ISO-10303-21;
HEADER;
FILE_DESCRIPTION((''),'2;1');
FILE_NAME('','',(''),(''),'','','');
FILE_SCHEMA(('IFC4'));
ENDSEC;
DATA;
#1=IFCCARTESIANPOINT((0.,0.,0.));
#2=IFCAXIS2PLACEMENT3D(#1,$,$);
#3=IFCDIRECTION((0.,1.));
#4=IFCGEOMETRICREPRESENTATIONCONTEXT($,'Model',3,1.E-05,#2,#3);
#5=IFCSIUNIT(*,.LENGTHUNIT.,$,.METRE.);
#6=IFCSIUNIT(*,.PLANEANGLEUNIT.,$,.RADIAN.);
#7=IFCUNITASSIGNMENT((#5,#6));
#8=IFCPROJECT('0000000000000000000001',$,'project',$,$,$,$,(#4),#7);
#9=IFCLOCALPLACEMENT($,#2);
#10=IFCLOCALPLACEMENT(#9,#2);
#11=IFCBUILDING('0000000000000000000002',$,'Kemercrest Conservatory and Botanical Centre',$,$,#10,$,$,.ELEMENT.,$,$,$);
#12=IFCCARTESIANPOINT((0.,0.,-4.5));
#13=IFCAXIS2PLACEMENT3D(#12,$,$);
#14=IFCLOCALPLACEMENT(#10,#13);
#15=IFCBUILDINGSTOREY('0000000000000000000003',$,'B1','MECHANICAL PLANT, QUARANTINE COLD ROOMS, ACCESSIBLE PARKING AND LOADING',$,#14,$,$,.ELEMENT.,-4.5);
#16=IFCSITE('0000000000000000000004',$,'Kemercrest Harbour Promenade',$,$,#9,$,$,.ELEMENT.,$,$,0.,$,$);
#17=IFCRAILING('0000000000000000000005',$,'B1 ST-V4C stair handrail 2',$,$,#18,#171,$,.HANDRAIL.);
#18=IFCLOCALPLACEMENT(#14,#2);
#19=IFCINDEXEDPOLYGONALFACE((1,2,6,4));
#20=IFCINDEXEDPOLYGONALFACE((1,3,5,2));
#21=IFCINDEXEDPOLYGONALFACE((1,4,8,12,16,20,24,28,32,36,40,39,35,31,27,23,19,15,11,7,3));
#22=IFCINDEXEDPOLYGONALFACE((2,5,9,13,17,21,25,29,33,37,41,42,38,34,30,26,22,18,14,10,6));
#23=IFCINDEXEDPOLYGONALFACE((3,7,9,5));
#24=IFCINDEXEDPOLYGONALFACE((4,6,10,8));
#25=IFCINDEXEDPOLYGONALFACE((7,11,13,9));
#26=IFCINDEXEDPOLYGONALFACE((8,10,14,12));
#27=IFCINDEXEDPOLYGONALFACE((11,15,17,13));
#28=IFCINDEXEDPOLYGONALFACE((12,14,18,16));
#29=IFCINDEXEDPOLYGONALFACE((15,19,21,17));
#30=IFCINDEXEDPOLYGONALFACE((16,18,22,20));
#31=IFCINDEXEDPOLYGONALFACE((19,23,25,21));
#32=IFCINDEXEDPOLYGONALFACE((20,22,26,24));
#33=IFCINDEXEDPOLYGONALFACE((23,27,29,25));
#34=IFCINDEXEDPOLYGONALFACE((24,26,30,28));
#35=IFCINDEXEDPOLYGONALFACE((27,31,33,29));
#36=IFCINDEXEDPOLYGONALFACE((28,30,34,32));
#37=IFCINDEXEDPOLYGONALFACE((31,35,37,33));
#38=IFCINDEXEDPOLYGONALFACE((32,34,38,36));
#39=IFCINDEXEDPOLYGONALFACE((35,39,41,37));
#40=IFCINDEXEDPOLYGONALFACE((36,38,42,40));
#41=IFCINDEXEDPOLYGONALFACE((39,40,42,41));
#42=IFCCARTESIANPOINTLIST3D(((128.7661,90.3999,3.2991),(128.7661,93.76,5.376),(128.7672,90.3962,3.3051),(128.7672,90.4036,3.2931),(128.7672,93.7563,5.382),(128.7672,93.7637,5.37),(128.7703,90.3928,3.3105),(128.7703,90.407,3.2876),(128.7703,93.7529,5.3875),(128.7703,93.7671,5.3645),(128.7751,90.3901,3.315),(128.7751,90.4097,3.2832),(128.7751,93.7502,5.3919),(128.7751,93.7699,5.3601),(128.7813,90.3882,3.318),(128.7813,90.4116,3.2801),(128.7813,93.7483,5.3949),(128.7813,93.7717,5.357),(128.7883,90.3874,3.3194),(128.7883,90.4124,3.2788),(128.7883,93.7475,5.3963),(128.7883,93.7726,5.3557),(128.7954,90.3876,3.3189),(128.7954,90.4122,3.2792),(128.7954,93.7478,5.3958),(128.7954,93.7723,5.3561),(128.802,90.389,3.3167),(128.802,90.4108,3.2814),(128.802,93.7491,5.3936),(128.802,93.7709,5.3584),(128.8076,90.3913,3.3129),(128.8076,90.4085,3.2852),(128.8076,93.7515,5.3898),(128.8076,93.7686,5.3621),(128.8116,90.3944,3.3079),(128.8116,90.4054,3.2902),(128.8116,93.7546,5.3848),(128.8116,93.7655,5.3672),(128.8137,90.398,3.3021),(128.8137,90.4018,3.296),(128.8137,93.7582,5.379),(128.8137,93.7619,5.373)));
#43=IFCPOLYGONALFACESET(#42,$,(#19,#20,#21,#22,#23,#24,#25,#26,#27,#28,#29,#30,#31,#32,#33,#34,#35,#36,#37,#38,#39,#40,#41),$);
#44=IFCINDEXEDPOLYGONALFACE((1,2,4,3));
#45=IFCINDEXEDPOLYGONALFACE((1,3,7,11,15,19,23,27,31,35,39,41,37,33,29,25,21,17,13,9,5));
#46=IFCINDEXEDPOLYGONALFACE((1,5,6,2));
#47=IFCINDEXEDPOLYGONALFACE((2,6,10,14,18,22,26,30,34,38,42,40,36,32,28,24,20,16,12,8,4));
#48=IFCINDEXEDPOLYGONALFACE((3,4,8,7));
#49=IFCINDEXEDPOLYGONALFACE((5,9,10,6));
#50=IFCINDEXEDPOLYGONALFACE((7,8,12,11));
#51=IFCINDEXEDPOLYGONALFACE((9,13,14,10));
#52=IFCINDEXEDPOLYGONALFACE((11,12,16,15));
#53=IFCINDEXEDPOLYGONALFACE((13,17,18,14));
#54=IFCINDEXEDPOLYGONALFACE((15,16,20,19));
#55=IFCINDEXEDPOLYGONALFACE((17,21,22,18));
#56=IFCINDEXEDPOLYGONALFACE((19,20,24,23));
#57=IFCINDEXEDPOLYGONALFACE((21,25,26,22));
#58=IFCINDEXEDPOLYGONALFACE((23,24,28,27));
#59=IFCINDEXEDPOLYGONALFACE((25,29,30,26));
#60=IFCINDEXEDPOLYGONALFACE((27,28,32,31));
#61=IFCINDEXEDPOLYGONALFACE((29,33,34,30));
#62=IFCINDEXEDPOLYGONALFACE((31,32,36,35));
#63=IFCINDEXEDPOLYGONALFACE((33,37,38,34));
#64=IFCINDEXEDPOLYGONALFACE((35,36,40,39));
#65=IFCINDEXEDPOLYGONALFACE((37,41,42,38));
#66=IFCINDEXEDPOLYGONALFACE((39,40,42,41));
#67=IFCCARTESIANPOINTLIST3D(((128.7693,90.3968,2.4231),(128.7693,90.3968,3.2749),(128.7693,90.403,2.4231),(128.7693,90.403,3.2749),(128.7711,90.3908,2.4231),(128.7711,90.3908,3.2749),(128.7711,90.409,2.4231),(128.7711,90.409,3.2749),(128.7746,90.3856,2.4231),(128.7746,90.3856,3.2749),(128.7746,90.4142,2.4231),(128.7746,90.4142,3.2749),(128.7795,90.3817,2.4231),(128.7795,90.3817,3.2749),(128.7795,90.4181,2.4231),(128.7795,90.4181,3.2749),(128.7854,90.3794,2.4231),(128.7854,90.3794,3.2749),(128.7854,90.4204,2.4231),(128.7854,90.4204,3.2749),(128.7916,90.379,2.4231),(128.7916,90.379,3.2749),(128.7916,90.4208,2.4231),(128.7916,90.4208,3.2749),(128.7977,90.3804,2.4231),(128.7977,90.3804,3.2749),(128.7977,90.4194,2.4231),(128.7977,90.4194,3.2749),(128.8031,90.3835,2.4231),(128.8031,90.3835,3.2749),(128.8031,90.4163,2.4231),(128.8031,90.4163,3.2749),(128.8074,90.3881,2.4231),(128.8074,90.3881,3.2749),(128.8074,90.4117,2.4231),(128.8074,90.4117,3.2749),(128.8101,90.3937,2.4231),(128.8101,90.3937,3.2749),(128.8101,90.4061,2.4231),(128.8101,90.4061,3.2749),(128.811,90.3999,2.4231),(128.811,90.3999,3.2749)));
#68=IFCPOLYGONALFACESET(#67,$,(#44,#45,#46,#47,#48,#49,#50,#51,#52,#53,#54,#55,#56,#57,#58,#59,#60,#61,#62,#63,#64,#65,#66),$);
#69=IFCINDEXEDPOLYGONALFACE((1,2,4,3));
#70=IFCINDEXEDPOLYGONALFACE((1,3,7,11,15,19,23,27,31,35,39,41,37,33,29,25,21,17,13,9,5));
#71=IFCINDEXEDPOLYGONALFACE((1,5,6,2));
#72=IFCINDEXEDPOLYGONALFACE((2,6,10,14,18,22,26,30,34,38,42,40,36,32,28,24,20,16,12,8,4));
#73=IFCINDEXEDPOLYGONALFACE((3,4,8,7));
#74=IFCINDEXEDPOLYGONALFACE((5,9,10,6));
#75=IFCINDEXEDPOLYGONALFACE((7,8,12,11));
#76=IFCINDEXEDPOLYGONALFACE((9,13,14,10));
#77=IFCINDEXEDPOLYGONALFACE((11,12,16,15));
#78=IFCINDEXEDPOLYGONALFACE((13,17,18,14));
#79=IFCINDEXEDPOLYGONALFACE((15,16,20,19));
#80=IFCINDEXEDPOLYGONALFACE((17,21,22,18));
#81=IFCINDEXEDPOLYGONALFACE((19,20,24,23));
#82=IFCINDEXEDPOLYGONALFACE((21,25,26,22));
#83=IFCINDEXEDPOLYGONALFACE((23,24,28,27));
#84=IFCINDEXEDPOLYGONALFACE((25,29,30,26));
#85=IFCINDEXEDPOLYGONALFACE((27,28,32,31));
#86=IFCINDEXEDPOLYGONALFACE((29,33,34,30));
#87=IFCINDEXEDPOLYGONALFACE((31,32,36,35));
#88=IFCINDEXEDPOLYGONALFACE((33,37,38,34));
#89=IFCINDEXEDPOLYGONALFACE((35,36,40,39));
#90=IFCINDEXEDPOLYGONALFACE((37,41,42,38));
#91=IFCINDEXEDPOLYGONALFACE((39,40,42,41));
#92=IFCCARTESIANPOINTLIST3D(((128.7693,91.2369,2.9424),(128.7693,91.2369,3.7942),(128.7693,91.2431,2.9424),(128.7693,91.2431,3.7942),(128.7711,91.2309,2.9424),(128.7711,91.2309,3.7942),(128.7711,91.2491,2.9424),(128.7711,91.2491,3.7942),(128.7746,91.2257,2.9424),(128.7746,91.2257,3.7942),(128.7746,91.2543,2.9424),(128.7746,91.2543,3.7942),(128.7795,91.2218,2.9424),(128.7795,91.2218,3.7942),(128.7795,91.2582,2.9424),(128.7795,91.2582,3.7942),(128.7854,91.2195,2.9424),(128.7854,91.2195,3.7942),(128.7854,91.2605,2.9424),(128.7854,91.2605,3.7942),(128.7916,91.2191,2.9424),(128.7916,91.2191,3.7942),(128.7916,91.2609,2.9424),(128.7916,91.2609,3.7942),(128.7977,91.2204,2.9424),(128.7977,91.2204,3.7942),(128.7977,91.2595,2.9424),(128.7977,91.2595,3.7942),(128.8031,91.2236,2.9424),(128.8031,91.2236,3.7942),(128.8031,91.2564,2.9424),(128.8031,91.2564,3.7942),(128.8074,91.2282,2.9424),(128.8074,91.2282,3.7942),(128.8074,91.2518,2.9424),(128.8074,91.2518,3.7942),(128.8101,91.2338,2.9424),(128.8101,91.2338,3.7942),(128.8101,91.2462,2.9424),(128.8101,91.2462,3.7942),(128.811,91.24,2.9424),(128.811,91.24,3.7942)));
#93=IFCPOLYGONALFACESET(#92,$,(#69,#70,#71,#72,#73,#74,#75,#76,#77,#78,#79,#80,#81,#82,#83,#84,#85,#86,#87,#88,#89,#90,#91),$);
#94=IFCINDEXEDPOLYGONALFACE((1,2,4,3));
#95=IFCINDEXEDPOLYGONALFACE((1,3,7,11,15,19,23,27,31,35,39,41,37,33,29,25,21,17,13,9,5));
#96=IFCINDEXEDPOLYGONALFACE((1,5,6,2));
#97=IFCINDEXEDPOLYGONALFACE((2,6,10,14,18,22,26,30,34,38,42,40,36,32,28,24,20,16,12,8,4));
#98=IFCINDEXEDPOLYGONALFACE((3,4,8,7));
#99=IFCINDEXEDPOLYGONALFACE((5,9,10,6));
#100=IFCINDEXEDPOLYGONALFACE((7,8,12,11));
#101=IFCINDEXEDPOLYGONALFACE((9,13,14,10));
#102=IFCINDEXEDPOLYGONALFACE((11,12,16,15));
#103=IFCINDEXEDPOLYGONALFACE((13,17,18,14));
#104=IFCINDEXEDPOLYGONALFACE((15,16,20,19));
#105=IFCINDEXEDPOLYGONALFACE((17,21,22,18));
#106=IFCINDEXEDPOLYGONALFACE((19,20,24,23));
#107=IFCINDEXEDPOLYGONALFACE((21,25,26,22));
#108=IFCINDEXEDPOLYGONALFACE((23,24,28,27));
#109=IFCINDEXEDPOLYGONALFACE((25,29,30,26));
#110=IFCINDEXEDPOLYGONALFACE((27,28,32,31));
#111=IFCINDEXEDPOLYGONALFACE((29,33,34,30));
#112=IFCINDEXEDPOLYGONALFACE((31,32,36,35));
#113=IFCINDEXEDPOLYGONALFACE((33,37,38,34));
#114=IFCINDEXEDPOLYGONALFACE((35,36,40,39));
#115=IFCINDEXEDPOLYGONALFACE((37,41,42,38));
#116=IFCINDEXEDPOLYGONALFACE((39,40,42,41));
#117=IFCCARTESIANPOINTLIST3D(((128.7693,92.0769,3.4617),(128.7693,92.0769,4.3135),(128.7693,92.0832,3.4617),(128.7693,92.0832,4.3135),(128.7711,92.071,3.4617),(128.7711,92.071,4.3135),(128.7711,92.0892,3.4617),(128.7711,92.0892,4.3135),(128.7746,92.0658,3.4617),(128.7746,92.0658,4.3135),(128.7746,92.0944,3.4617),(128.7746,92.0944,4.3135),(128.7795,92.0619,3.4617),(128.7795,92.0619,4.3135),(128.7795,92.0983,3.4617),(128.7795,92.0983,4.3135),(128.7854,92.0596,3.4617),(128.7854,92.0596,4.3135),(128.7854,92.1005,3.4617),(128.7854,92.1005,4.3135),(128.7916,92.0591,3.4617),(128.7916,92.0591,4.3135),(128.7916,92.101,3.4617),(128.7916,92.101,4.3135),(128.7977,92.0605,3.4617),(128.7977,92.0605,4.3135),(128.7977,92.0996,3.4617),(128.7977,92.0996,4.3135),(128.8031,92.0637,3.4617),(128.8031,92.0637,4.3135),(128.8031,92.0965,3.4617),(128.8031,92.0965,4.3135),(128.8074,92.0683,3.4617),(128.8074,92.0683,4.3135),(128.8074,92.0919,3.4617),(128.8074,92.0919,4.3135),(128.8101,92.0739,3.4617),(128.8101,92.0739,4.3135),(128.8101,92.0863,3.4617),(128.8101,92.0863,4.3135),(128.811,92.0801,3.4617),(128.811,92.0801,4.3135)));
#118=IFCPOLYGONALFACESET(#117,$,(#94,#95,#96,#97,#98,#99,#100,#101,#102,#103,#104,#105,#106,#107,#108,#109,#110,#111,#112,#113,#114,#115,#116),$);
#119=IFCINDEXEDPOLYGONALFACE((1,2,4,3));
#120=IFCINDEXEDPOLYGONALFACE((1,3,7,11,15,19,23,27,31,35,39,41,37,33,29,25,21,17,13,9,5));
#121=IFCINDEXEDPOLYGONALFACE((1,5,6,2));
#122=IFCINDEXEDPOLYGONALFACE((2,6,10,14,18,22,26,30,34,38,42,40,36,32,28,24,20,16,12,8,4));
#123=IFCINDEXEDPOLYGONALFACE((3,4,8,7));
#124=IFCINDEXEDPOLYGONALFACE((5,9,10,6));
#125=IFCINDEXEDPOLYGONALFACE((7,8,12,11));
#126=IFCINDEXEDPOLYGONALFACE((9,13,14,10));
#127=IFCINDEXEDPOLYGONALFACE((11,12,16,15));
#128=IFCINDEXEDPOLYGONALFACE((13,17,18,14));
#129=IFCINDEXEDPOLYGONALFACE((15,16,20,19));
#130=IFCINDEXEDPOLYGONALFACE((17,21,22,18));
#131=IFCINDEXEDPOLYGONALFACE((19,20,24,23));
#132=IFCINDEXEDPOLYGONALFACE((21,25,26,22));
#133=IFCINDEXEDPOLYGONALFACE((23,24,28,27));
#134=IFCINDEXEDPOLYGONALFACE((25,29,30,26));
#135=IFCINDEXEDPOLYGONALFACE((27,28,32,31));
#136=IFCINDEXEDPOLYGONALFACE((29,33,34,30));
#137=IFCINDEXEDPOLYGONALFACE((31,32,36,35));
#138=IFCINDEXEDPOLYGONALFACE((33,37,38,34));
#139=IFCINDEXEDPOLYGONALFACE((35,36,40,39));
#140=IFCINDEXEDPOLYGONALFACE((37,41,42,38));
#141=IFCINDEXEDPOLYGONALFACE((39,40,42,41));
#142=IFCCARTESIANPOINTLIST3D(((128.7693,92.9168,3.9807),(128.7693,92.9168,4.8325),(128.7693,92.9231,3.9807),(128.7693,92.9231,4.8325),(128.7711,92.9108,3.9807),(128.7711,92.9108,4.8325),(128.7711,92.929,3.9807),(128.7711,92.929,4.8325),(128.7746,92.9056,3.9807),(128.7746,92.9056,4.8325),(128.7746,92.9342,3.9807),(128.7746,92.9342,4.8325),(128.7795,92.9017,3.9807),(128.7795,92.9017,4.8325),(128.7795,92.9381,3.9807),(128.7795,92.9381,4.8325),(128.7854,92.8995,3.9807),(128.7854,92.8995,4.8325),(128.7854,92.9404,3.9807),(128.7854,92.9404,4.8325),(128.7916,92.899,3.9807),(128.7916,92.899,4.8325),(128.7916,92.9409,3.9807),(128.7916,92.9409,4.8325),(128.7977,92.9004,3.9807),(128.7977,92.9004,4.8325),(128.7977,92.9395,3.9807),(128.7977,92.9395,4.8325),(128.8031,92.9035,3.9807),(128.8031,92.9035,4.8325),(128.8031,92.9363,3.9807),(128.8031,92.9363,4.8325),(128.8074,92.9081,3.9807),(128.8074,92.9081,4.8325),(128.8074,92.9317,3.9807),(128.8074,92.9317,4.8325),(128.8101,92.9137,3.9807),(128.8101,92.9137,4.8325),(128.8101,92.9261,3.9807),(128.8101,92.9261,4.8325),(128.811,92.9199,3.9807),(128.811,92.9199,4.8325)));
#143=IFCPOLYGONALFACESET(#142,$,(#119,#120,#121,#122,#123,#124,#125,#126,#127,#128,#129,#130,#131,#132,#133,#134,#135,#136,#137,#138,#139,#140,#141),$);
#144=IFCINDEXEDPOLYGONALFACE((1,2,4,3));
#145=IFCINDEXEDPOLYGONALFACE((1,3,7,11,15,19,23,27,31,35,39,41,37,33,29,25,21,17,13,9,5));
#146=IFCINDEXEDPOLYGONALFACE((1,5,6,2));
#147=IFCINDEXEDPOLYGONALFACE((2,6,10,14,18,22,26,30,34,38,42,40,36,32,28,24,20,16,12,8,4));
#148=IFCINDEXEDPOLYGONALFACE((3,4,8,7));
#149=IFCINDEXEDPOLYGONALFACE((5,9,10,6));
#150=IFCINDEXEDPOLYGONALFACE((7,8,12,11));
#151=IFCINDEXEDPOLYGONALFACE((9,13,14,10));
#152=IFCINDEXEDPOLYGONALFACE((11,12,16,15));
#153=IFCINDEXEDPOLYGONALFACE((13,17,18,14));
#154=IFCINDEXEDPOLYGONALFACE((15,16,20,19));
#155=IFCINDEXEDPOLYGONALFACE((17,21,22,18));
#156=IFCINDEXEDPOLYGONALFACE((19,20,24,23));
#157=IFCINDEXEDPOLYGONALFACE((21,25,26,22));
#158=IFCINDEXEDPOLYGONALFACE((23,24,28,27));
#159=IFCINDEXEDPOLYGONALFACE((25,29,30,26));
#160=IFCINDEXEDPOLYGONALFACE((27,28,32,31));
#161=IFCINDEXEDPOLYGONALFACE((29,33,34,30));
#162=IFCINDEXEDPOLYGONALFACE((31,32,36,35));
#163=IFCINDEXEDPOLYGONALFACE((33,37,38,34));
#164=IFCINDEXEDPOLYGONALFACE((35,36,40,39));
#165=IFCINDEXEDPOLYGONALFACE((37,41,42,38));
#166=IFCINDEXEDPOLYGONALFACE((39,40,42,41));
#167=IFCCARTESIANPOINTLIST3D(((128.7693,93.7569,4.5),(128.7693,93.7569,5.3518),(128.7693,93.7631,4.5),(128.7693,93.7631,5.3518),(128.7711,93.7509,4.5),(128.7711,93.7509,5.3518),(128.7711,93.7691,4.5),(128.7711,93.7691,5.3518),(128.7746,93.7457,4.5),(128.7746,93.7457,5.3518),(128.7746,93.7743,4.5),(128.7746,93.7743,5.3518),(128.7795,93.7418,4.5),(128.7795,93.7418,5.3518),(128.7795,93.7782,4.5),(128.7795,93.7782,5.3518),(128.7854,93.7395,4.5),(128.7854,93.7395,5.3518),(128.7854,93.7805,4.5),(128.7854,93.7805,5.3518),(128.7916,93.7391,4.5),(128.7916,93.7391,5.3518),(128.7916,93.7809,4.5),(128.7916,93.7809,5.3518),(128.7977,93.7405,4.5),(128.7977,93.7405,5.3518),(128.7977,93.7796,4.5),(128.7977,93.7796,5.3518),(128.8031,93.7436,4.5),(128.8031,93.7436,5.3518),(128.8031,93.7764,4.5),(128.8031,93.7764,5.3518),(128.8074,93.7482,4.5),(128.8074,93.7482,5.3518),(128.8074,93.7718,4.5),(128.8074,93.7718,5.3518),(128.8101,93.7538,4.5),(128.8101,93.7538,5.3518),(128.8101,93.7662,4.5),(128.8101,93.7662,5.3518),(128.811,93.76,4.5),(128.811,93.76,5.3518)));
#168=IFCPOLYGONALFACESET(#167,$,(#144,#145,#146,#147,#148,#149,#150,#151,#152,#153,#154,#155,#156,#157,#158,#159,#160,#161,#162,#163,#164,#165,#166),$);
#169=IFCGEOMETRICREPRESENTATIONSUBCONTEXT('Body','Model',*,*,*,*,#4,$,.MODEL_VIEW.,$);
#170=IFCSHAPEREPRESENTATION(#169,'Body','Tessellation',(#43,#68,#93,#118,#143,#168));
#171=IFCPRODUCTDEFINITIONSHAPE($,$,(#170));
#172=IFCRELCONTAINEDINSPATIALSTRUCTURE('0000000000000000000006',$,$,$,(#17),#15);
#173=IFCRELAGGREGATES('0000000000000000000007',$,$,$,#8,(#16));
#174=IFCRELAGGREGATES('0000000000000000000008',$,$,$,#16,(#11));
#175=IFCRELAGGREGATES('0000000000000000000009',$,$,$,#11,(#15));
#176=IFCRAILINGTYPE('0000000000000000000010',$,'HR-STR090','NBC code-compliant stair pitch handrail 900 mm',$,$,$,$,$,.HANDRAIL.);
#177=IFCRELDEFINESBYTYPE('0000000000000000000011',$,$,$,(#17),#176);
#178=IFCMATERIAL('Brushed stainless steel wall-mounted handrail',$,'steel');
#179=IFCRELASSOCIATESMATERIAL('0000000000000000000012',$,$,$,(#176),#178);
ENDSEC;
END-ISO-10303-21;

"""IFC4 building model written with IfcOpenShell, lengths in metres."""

from ifc_helpers import new_model, si_unit, direction, frame, origin, origin_2d, place, context, subcontext, project, spatial, circle, extrude, material, type_object, element, save


model = new_model("IFC4")

# Units and contexts
model_context = context("Model", 3, precision=1e-05, world=origin(), true_north=direction((0.0, 1.0)))
body_context = subcontext(model_context, "Body", "Model", "MODEL_VIEW")
ifc_project = project(units=[si_unit("LENGTHUNIT", "METRE"), si_unit("PLANEANGLEUNIT", "RADIAN")], contexts=[model_context])

# Site, building, storey
site_placement = place(None, origin())
site = spatial("IfcSite", under=ifc_project, at=site_placement, Name="Kemercrest Harbour Promenade", CompositionType="ELEMENT", RefElevation=0.0)
building_placement = place(site_placement, origin())
building = spatial("IfcBuilding", under=site, at=building_placement, Name="Kemercrest Conservatory and Botanical Centre", CompositionType="ELEMENT")
storey_placement = place(building_placement, frame((0.0, 0.0, -4.5)))
storey = spatial("IfcBuildingStorey", under=building, at=storey_placement, Name="B1", Description="MECHANICAL PLANT, QUARANTINE COLD ROOMS, ACCESSIBLE PARKING AND LOADING", CompositionType="ELEMENT", Elevation=-4.5)

# Railing
ifc_material_1 = material(Name="Brushed stainless steel wall-mounted handrail", Category="steel")
railing_type_1 = type_object("IfcRailingType", Name="HR-STR090", Description="NBC code-compliant stair pitch handrail 900 mm", PredefinedType="HANDRAIL", material=ifc_material_1)
railing_1_placement = place(storey_placement, frame((128.79, 90.3999, 2.4231)))
element("IfcRailing", 1, at=railing_1_placement, inside=storey, type_object=railing_type_1, Name="B1 ST-V4C stair handrail 2", PredefinedType="HANDRAIL", context=body_context, shape_type="SweptSolid", body=[
    extrude(circle(Radius=0.0239, at=origin_2d()), frame((0.0, 0.0, 0.876), z_axis=(0.0, 0.850623, 0.525776), x_axis=(-1.0, 0.0, 0.0)), (0.0, 0.0, 1.0), 3.9502),
    extrude(circle(Radius=0.021, at=origin_2d()), origin(), (0.0, 0.0, 1.0), 0.8518),
    extrude(circle(Radius=0.021, at=origin_2d()), frame((0.0, 0.8401, 0.5193)), (0.0, 0.0, 1.0), 0.8518),
    extrude(circle(Radius=0.021, at=origin_2d()), frame((0.0, 1.6802, 1.0386)), (0.0, 0.0, 1.0), 0.8518),
    extrude(circle(Radius=0.021, at=origin_2d()), frame((0.0, 2.52, 1.5576)), (0.0, 0.0, 1.0), 0.8518),
    extrude(circle(Radius=0.021, at=origin_2d()), frame((0.0, 3.3601, 2.0769)), (0.0, 0.0, 1.0), 0.8518),
])

save(model, "model.ifc")
